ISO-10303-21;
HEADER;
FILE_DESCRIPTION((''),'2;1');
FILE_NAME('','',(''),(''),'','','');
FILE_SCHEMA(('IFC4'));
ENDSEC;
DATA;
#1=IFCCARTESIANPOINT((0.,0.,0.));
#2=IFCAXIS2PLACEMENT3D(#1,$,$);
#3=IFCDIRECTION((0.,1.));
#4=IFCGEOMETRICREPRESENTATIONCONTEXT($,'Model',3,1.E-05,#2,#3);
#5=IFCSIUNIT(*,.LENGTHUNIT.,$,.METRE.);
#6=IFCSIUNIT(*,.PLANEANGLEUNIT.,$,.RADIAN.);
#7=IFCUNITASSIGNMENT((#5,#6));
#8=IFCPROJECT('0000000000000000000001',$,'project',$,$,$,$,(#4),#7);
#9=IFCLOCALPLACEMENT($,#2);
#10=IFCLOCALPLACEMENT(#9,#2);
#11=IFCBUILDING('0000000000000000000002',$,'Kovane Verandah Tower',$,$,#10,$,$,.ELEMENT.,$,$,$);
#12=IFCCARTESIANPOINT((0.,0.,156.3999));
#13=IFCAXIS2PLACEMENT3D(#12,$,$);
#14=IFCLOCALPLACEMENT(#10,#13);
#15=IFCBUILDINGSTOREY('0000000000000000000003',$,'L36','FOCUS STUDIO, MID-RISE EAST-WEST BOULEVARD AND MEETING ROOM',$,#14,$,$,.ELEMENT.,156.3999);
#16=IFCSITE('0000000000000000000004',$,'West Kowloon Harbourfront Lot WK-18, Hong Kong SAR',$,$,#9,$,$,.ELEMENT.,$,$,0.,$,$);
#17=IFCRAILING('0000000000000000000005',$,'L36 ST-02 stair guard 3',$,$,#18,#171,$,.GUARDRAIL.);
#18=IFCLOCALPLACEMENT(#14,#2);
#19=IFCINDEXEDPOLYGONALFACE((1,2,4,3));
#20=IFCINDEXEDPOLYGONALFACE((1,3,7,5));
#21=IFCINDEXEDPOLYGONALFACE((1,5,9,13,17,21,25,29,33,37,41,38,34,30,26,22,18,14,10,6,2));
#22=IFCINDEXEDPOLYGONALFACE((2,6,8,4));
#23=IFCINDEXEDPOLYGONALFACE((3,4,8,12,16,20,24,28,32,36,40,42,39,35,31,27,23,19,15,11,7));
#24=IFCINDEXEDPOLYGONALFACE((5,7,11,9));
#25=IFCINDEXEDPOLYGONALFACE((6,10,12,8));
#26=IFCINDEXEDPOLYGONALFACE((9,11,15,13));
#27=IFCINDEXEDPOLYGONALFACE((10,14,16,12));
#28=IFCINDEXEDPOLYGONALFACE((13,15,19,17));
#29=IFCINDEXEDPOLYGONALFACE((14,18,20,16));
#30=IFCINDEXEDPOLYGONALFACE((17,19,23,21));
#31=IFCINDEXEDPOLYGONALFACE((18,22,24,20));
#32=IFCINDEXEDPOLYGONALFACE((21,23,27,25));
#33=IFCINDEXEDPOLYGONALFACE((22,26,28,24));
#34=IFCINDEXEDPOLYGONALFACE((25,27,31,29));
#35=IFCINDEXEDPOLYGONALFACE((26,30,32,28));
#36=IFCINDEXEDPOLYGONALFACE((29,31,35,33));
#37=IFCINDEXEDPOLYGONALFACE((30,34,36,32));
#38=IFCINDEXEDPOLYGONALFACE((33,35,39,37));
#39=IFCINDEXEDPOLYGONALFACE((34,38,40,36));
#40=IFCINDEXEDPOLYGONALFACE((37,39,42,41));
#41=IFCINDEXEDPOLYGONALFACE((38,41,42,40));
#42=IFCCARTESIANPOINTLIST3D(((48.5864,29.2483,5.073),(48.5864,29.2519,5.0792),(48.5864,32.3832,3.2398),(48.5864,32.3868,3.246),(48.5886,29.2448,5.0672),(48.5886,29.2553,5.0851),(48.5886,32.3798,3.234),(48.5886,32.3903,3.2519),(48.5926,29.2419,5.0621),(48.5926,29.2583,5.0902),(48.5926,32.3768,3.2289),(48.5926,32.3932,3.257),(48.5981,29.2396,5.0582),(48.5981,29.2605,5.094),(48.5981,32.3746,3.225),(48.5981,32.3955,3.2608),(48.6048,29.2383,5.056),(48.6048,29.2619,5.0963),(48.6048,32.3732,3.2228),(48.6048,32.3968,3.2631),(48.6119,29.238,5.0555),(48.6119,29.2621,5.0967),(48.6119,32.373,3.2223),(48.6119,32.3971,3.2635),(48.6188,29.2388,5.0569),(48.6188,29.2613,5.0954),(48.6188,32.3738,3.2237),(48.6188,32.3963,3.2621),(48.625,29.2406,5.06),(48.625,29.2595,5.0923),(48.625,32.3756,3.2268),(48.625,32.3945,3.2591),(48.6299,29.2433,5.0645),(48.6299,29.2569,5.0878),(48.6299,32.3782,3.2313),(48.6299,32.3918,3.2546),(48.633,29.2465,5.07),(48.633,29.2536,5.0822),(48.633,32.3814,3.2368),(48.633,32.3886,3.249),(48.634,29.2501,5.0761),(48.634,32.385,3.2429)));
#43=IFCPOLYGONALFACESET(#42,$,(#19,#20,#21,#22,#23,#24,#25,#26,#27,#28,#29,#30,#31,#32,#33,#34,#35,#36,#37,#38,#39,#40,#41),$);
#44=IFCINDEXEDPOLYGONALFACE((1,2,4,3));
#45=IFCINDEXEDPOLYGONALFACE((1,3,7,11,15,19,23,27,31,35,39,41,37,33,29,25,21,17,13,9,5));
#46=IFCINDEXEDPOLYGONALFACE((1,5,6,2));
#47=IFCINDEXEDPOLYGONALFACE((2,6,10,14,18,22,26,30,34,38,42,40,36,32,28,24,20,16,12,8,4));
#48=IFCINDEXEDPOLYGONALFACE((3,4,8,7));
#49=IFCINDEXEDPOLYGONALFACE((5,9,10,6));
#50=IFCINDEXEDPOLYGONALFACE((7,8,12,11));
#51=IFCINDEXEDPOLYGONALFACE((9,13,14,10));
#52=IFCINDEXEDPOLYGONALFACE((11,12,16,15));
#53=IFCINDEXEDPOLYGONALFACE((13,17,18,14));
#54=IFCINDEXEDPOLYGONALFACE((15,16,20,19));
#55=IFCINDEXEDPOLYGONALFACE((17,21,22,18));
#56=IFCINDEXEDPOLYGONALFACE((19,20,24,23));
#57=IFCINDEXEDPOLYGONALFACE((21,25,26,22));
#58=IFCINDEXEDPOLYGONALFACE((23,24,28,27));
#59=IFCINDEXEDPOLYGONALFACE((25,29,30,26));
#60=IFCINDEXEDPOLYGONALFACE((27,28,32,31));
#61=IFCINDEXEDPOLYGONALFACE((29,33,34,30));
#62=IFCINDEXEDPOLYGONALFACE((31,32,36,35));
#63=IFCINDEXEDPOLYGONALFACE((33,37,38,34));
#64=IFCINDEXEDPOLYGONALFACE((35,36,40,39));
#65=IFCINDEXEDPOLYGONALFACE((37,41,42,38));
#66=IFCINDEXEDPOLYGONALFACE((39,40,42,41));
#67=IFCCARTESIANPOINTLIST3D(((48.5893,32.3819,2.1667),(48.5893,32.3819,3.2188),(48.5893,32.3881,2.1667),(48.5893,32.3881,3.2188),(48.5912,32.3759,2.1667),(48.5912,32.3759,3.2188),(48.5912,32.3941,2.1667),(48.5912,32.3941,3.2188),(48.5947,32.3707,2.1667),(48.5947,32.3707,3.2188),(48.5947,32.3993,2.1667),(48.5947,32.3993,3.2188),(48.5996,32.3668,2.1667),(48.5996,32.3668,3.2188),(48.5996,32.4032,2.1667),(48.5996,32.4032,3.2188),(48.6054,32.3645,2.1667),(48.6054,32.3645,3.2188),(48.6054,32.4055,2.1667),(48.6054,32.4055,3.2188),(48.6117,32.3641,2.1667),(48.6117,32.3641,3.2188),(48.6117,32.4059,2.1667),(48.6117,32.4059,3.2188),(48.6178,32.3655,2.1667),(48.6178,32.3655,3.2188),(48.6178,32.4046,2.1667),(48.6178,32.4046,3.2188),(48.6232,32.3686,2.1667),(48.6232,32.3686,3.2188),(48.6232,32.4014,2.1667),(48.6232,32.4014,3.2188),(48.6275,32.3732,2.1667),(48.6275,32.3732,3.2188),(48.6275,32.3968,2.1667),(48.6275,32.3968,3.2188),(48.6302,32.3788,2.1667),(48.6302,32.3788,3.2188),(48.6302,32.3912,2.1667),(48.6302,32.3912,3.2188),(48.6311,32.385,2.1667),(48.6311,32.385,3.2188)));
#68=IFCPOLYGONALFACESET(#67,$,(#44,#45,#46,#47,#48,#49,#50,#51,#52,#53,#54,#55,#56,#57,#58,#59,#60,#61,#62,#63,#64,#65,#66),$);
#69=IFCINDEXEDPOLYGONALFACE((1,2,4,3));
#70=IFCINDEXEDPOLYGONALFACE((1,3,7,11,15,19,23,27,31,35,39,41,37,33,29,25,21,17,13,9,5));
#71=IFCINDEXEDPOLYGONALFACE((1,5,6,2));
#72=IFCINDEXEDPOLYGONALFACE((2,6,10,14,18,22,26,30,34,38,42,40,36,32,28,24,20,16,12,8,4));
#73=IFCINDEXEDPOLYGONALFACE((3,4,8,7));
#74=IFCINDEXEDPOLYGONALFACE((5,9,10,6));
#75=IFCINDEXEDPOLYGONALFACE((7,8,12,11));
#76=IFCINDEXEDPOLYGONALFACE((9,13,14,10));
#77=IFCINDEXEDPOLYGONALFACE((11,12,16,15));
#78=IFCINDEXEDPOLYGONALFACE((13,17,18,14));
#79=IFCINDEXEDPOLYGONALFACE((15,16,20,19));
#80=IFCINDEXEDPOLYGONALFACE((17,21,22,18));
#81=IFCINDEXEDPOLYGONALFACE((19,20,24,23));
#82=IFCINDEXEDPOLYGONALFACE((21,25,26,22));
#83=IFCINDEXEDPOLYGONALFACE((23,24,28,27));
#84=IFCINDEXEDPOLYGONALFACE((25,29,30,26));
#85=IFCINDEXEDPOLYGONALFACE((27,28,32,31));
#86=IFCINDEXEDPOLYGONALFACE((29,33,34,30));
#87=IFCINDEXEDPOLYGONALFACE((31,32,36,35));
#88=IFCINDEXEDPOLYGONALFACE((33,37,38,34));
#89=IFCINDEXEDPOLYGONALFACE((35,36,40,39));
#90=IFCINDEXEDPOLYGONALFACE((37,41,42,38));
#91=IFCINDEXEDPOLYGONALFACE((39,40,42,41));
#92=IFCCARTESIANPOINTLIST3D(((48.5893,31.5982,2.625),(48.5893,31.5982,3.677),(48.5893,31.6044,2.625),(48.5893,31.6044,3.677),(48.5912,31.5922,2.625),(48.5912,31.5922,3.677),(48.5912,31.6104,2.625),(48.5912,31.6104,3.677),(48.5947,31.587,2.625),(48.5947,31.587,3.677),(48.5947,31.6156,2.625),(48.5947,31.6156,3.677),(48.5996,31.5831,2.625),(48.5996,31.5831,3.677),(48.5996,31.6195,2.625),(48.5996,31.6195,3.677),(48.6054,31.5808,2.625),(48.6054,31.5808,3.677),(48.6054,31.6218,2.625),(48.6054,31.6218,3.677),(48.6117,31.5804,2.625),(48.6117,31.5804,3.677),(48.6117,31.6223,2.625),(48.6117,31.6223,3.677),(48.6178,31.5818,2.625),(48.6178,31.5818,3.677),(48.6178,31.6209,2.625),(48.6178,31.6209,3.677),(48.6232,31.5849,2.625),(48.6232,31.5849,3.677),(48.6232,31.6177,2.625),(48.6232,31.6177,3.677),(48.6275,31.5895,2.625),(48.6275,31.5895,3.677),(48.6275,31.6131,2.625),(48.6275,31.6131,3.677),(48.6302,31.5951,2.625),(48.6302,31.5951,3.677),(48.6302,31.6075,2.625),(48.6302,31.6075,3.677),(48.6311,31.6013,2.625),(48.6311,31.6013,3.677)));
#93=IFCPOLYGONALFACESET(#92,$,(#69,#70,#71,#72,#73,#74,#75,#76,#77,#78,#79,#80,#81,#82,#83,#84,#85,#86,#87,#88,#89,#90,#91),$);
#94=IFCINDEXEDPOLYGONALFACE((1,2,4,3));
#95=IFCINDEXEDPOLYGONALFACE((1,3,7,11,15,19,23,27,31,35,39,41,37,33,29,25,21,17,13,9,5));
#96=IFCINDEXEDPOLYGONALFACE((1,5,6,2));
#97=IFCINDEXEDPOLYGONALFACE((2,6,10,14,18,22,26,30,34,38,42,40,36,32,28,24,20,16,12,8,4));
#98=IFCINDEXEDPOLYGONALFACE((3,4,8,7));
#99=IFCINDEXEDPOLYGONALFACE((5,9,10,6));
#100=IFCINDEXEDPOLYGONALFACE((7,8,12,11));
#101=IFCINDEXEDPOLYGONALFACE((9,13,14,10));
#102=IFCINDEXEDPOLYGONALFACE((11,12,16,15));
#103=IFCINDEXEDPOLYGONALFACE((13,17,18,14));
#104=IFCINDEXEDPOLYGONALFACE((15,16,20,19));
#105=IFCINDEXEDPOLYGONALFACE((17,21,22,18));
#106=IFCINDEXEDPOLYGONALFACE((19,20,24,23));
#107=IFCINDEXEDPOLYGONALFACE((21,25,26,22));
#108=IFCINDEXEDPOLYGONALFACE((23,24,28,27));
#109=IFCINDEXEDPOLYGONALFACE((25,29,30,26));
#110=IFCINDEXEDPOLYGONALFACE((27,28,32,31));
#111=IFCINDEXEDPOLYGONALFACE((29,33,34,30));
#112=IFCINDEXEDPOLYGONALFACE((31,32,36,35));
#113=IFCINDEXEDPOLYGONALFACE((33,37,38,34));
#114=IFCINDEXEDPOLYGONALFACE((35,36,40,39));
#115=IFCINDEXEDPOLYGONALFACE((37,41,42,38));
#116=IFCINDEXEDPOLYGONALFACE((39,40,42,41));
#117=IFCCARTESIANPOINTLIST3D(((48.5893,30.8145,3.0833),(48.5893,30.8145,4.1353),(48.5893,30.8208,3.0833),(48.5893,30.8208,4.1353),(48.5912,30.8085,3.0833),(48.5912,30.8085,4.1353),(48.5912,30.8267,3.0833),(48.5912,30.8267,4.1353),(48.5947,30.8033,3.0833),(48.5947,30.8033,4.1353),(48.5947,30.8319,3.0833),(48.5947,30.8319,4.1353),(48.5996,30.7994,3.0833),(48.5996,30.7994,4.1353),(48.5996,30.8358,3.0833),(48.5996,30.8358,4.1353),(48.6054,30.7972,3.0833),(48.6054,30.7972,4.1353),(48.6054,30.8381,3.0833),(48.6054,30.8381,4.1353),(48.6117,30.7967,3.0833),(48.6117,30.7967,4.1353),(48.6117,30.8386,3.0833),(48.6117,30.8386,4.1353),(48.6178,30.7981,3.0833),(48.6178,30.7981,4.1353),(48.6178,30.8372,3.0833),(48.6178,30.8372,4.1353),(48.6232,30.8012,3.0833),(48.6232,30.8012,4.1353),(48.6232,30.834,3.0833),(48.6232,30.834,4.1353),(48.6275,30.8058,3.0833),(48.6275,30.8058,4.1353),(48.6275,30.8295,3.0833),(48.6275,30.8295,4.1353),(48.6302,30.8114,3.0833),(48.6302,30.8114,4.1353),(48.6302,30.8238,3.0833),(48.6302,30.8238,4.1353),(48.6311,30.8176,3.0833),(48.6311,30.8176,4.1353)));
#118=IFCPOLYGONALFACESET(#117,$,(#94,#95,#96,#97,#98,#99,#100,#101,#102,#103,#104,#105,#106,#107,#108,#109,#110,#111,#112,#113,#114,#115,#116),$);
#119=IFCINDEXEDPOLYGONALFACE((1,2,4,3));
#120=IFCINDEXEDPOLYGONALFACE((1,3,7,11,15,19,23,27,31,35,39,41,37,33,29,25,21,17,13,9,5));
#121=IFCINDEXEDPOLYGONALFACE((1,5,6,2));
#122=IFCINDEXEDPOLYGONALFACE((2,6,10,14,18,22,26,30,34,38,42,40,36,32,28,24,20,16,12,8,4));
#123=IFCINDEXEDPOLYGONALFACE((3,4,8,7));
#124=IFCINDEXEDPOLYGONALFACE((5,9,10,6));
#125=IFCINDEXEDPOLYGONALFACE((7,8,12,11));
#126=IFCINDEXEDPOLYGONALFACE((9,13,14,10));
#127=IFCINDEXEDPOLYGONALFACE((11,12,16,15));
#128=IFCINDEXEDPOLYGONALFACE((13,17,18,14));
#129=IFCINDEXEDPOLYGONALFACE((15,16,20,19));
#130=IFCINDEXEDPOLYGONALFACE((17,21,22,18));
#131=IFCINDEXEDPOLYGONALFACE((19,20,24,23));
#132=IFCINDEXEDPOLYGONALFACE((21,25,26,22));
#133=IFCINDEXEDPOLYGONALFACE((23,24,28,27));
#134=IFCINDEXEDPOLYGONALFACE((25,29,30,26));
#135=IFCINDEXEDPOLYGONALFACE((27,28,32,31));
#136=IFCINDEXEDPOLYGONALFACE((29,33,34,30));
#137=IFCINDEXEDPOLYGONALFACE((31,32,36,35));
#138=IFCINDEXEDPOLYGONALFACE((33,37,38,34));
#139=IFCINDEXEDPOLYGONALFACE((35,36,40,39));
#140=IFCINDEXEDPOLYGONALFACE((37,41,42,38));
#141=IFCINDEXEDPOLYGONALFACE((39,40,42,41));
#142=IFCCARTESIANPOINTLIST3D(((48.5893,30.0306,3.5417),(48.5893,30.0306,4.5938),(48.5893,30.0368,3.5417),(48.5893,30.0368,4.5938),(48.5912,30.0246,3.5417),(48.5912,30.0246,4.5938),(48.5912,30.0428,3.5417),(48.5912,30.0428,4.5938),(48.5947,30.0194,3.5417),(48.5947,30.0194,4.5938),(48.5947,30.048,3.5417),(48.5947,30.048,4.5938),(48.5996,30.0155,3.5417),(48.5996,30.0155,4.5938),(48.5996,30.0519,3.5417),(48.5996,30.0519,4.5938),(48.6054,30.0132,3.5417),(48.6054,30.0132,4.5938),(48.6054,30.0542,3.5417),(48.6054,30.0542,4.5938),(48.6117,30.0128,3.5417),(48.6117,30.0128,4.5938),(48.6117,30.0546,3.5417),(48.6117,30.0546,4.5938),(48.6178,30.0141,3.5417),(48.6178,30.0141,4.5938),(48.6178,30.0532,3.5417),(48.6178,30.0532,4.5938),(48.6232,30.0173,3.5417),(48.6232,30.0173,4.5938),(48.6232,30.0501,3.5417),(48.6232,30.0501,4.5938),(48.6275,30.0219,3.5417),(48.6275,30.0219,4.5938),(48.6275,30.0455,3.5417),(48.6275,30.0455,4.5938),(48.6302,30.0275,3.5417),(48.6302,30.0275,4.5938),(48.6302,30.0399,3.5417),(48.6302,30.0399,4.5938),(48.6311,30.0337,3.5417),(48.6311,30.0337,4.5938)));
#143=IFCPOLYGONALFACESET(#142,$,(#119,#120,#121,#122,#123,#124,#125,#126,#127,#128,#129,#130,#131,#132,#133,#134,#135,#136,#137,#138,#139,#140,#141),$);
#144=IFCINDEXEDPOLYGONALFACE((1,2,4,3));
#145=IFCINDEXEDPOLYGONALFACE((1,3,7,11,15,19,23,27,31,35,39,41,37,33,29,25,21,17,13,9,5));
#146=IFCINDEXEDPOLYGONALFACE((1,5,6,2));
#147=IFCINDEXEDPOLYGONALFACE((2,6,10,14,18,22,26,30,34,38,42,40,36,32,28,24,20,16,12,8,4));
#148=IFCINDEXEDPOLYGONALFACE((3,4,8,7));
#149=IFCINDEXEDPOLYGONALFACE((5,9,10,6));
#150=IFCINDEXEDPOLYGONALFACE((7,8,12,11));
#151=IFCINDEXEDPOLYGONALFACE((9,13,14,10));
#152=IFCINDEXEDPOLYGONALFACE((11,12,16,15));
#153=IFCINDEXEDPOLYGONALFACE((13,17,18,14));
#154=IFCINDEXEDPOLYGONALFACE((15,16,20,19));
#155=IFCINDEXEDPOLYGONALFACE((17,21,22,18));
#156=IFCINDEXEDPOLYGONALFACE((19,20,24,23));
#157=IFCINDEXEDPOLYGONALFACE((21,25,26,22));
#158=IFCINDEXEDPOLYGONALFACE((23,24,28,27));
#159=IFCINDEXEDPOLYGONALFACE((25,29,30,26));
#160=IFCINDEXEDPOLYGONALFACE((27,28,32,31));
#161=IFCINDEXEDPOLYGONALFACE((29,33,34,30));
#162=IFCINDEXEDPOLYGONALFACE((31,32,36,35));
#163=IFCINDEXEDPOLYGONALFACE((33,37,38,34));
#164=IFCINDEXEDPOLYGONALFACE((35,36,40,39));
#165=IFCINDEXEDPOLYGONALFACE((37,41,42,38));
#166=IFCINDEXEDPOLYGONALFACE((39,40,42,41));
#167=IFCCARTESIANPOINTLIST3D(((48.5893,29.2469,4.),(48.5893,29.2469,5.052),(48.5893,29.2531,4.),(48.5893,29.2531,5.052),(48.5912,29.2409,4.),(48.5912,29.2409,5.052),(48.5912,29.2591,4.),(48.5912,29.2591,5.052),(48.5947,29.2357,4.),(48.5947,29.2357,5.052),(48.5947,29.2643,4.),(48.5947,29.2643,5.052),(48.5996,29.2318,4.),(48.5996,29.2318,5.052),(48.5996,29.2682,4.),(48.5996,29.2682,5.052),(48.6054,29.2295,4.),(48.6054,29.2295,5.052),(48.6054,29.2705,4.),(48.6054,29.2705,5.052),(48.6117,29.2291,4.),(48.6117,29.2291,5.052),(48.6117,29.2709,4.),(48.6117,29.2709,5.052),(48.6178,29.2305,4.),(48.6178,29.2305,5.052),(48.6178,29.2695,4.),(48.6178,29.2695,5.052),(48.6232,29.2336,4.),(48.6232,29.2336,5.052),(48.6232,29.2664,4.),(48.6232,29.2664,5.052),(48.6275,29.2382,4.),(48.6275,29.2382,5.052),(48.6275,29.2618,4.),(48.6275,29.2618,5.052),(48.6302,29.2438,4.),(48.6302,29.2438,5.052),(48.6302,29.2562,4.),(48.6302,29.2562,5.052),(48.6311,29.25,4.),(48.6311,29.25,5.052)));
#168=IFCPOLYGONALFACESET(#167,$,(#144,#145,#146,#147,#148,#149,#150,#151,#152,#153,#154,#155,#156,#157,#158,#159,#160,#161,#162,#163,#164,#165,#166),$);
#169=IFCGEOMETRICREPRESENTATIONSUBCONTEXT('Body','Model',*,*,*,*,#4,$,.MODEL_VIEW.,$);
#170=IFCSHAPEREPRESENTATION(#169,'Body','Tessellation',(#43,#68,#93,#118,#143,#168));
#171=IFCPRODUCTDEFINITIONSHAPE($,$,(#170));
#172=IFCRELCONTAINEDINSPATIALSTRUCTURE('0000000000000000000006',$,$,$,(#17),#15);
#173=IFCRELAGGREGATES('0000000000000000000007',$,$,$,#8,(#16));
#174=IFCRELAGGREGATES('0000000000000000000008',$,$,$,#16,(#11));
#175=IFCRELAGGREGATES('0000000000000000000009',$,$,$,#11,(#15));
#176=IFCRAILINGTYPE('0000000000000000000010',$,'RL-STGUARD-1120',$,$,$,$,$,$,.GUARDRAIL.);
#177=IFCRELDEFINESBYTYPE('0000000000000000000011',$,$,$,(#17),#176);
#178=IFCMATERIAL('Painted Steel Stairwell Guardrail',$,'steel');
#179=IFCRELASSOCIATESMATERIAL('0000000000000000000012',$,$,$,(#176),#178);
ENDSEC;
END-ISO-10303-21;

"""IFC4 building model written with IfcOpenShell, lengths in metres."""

from ifc_helpers import new_model, si_unit, direction, frame, origin, origin_2d, place, context, subcontext, project, spatial, circle, extrude, material, type_object, element, save


model = new_model("IFC4")

# Units and contexts
model_context = context("Model", 3, precision=1e-05, world=origin(), true_north=direction((0.0, 1.0)))
body_context = subcontext(model_context, "Body", "Model", "MODEL_VIEW")
ifc_project = project(units=[si_unit("LENGTHUNIT", "METRE"), si_unit("PLANEANGLEUNIT", "RADIAN")], contexts=[model_context])

# Site, building, storey
site_placement = place(None, origin())
site = spatial("IfcSite", under=ifc_project, at=site_placement, Name="West Kowloon Harbourfront Lot WK-18, Hong Kong SAR", CompositionType="ELEMENT", RefElevation=0.0)
building_placement = place(site_placement, origin())
building = spatial("IfcBuilding", under=site, at=building_placement, Name="Kovane Verandah Tower", CompositionType="ELEMENT")
storey_placement = place(building_placement, frame((0.0, 0.0, 156.3999)))
storey = spatial("IfcBuildingStorey", under=building, at=storey_placement, Name="L36", Description="FOCUS STUDIO, MID-RISE EAST-WEST BOULEVARD AND MEETING ROOM", CompositionType="ELEMENT", Elevation=156.3999)

# Railing
ifc_material_1 = material(Name="Painted Steel Stairwell Guardrail", Category="steel")
railing_type_1 = type_object("IfcRailingType", Name="RL-STGUARD-1120", PredefinedType="GUARDRAIL", material=ifc_material_1)
railing_1_placement = place(storey_placement, frame((48.6101, 32.385, 2.1667)))
element("IfcRailing", 1, at=railing_1_placement, inside=storey, type_object=railing_type_1, Name="L36 ST-02 stair guard 3", PredefinedType="GUARDRAIL", context=body_context, shape_type="SweptSolid", body=[
    extrude(circle(Radius=0.0239, at=origin_2d()), frame((0.0, 0.0, 1.0762), z_axis=(0.0, -0.86324, 0.504794), x_axis=(1.0, 0.0, 0.0)), (0.0, 0.0, 1.0), 3.6316),
    extrude(circle(Radius=0.021, at=origin_2d()), origin(), (0.0, 0.0, 1.0), 1.052),
    extrude(circle(Radius=0.021, at=origin_2d()), frame((0.0, -0.7837, 0.4583)), (0.0, 0.0, 1.0), 1.052),
    extrude(circle(Radius=0.021, at=origin_2d()), frame((0.0, -1.5674, 0.9165)), (0.0, 0.0, 1.0), 1.052),
    extrude(circle(Radius=0.021, at=origin_2d()), frame((0.0, -2.3513, 1.375)), (0.0, 0.0, 1.0), 1.052),
    extrude(circle(Radius=0.021, at=origin_2d()), frame((0.0, -3.135, 1.8333)), (0.0, 0.0, 1.0), 1.052),
])

save(model, "model.ifc")
